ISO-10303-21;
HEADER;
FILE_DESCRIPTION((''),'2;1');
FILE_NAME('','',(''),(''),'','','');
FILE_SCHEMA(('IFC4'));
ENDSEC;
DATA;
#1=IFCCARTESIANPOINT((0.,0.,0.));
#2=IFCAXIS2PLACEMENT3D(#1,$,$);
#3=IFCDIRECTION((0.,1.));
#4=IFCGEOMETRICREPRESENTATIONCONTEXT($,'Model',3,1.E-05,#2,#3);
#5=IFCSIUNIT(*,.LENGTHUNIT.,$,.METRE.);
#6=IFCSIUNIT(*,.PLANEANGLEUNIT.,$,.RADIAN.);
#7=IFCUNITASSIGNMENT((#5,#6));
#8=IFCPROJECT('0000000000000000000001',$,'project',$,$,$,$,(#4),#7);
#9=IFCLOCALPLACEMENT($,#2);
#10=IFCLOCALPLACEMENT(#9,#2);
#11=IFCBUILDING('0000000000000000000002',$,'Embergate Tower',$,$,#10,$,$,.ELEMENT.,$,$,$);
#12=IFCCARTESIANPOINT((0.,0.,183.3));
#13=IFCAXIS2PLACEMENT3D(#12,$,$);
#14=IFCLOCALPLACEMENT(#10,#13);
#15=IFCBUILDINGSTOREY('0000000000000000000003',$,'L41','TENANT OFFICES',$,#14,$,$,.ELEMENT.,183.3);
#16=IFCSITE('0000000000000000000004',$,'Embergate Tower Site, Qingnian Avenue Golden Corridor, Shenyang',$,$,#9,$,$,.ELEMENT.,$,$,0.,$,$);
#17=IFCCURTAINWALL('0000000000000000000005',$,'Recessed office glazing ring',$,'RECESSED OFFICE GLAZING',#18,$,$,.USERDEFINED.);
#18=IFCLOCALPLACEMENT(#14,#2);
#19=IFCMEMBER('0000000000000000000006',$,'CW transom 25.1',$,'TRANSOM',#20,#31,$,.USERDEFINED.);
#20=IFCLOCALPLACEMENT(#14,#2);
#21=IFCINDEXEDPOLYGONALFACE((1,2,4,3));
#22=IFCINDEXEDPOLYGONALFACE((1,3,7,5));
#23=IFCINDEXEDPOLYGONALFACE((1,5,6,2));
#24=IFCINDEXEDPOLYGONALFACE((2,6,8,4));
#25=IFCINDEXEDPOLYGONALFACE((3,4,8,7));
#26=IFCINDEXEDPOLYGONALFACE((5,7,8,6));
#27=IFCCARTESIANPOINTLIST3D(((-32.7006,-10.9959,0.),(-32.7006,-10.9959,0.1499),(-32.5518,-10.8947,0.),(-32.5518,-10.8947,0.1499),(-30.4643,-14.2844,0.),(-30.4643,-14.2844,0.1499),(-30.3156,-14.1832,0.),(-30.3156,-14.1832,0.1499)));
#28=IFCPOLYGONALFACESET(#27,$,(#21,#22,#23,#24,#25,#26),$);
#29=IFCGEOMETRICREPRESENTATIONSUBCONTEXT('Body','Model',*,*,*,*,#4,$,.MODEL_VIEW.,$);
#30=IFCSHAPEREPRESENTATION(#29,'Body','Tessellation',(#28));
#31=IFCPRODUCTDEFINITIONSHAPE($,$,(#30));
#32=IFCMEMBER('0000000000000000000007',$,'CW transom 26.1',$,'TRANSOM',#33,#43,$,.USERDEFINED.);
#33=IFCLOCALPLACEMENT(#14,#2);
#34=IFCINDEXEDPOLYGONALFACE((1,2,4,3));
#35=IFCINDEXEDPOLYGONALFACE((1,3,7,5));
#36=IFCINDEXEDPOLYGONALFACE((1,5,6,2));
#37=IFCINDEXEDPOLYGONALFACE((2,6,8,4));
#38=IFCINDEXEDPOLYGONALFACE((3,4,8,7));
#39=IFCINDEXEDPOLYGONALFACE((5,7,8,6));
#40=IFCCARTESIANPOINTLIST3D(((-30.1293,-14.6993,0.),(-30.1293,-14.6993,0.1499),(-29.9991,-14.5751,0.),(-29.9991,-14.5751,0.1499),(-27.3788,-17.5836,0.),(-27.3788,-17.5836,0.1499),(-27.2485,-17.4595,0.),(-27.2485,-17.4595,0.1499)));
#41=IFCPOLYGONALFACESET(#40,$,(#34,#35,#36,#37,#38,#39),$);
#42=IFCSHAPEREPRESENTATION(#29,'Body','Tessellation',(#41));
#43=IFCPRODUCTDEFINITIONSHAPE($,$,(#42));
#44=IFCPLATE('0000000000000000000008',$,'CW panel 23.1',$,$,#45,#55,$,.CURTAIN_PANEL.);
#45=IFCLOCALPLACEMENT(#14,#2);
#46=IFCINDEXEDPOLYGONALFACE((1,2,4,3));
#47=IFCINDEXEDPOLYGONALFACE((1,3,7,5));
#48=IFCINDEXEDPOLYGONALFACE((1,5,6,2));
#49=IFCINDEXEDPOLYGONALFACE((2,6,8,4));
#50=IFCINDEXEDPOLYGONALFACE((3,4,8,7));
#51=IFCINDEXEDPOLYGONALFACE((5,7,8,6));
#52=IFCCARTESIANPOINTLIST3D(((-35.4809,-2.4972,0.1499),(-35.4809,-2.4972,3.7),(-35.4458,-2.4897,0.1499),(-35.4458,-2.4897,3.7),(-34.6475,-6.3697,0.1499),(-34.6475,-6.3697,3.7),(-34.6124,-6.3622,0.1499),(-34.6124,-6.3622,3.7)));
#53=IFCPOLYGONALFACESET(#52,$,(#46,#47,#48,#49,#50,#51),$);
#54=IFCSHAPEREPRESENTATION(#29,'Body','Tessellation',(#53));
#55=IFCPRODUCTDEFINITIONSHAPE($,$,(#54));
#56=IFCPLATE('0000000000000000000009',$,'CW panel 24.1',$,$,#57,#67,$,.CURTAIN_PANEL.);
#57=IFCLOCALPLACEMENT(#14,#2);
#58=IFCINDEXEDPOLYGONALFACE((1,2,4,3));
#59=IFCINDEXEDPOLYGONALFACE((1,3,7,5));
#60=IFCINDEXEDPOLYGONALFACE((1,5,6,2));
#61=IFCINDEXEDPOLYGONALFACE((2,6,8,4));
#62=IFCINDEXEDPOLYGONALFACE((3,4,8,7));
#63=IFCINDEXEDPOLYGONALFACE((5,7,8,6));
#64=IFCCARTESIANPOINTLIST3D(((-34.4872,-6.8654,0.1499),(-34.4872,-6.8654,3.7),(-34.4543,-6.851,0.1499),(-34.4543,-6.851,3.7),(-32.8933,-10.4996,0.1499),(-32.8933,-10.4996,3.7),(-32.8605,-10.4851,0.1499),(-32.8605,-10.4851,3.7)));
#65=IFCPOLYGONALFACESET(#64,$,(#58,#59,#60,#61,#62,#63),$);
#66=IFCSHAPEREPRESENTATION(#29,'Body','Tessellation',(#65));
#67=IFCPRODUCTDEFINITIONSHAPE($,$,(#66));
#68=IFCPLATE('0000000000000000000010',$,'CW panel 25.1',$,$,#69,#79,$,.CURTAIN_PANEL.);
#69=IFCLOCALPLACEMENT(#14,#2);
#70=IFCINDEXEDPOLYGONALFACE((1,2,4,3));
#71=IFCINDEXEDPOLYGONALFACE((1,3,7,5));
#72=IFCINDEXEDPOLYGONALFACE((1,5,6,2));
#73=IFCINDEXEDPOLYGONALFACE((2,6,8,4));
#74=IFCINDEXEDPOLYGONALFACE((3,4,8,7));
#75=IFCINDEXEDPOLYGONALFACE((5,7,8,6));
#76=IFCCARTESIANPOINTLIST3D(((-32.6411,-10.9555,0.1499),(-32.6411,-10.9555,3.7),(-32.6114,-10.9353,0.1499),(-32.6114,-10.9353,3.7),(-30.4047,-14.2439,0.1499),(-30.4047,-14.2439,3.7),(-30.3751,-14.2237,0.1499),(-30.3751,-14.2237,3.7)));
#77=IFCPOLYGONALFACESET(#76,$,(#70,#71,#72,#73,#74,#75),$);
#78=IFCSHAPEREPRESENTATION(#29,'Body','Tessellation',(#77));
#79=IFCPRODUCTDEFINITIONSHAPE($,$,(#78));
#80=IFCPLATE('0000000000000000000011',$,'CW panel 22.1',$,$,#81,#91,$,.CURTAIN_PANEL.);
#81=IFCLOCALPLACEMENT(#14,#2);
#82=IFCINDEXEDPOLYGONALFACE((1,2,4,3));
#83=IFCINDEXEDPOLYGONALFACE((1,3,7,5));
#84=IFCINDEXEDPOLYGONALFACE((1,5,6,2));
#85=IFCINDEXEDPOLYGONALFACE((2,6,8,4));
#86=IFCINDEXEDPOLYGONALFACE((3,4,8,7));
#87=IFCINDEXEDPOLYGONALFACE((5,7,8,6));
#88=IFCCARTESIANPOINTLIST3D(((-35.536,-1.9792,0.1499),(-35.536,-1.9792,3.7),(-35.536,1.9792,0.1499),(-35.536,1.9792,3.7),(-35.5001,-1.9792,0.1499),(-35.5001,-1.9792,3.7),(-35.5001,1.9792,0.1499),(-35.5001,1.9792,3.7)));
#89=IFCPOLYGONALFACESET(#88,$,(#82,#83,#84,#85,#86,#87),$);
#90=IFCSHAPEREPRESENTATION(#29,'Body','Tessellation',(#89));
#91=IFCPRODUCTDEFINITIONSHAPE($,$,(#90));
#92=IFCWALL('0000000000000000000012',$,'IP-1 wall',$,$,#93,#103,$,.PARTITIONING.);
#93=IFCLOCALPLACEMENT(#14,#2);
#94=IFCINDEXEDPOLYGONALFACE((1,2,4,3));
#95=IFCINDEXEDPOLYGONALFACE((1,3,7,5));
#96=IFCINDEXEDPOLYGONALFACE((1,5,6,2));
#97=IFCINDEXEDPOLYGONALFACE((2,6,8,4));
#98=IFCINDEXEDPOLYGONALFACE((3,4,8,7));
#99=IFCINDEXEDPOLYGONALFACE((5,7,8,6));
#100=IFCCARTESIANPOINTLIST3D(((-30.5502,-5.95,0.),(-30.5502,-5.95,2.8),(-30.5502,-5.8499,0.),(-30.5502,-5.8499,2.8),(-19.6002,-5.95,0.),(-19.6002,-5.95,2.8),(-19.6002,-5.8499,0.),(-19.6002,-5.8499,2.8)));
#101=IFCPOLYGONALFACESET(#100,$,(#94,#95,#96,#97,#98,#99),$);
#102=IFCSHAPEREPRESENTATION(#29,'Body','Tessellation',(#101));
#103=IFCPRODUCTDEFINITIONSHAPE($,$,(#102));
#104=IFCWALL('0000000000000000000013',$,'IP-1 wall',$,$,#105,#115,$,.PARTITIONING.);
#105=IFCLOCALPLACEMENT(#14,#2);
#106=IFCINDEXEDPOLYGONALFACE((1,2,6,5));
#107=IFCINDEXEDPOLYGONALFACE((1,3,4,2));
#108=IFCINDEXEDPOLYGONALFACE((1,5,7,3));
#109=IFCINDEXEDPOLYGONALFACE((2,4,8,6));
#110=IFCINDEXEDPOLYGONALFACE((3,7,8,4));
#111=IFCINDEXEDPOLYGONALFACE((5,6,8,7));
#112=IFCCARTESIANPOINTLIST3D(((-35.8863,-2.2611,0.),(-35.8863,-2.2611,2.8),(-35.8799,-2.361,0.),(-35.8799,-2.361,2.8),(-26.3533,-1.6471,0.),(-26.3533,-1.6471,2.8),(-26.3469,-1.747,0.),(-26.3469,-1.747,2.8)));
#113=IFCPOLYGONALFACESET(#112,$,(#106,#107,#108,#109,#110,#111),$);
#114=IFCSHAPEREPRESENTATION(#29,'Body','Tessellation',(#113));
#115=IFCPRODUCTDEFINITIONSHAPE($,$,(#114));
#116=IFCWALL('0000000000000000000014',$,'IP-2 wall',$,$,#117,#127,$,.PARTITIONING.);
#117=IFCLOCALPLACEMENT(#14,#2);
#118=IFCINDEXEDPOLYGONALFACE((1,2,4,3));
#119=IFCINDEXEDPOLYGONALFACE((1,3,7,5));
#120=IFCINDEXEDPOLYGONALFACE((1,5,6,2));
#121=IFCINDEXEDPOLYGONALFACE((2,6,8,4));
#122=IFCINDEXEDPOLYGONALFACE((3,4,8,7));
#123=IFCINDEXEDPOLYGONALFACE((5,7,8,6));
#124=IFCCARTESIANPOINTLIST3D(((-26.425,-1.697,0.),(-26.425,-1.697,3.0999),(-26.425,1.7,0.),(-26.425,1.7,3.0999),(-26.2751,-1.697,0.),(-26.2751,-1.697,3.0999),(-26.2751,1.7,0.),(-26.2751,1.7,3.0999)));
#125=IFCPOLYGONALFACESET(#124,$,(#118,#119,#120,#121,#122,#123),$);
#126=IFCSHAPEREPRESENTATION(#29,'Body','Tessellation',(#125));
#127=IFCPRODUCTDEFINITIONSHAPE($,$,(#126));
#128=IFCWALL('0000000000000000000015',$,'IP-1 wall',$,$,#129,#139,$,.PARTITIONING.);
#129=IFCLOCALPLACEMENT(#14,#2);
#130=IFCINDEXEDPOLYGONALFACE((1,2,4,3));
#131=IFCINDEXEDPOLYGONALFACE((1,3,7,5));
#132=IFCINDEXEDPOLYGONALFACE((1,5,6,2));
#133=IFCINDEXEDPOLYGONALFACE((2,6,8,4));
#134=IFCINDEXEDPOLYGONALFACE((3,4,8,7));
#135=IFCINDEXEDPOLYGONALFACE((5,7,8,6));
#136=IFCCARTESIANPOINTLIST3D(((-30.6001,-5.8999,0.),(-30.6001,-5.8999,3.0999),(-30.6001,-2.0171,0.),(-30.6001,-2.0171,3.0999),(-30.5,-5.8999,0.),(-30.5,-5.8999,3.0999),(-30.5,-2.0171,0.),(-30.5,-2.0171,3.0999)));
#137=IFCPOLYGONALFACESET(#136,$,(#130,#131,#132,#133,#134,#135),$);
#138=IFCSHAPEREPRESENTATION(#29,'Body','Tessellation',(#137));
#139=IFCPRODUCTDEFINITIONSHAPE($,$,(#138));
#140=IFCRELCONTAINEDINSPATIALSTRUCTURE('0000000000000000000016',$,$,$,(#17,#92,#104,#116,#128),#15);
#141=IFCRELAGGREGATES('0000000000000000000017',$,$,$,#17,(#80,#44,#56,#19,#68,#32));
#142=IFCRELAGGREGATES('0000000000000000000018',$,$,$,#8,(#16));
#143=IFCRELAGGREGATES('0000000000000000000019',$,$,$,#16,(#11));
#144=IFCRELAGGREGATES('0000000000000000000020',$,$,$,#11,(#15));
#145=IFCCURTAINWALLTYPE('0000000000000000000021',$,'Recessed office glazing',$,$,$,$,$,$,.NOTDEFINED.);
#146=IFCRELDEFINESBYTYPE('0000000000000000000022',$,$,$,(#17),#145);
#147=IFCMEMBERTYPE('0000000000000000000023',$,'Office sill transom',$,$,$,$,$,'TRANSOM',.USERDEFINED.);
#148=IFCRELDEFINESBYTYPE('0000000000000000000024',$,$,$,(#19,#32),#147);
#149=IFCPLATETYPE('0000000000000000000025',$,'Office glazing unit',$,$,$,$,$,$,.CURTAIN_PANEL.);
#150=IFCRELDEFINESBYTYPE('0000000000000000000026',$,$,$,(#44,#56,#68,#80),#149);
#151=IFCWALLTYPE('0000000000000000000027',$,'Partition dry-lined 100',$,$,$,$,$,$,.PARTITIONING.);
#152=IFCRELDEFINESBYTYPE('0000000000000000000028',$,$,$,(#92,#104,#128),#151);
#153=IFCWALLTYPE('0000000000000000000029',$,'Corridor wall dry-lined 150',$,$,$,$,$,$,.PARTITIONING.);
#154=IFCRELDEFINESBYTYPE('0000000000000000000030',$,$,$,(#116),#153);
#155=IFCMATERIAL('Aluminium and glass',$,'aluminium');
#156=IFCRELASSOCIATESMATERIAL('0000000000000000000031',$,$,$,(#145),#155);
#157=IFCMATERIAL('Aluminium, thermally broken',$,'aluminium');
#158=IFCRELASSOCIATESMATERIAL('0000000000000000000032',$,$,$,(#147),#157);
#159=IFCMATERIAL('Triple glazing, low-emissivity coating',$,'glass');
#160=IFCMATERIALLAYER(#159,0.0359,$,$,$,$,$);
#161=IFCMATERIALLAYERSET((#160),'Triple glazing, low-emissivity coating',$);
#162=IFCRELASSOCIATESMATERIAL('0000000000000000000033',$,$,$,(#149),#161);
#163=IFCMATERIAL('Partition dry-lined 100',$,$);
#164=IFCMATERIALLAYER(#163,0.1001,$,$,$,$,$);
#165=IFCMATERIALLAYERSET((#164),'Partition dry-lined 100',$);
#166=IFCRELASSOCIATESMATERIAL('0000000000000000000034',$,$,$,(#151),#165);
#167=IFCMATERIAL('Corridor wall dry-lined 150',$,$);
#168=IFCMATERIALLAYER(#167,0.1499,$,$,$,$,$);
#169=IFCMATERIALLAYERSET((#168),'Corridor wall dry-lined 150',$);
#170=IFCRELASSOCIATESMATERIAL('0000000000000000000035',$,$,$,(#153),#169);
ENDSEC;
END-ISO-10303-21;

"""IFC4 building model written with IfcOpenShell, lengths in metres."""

from ifc_helpers import new_model, si_unit, direction, frame, frame_2d, origin, origin_2d, place, context, subcontext, project, spatial, rectangle, extrude, source, transform, mapped, material, layer, layer_set, material_profile, profile_set, type_object, element, aggregate, save


model = new_model("IFC4")

# Units and contexts
model_context = context("Model", 3, precision=1e-05, world=origin(), true_north=direction((0.0, 1.0)))
body_context = subcontext(model_context, "Body", "Model", "MODEL_VIEW")
ifc_project = project(units=[si_unit("LENGTHUNIT", "METRE"), si_unit("PLANEANGLEUNIT", "RADIAN")], contexts=[model_context])

# Site, building, storey
site_placement = place(None, origin())
site = spatial("IfcSite", under=ifc_project, at=site_placement, Name="Embergate Tower Site, Qingnian Avenue Golden Corridor, Shenyang", CompositionType="ELEMENT", RefElevation=0.0)
building_placement = place(site_placement, origin())
building = spatial("IfcBuilding", under=site, at=building_placement, Name="Embergate Tower", CompositionType="ELEMENT")
storey_placement = place(building_placement, frame((0.0, 0.0, 183.3)))
storey = spatial("IfcBuildingStorey", under=building, at=storey_placement, Name="L41", Description="TENANT OFFICES", CompositionType="ELEMENT", Elevation=183.3)

# Curtain wall, members, plates
ifc_material_1 = material(Name="Aluminium and glass", Category="aluminium")
curtain_wall_type = type_object("IfcCurtainWallType", Name="Recessed office glazing", PredefinedType="NOTDEFINED", material=ifc_material_1)
curtain_wall_placement = place(storey_placement, origin())
curtain_wall = element("IfcCurtainWall", 1, at=curtain_wall_placement, inside=storey, type_object=curtain_wall_type, Name="Recessed office glazing ring", ObjectType="RECESSED OFFICE GLAZING", PredefinedType="USERDEFINED")
ifc_material_2 = material(Name="Aluminium, thermally broken", Category="aluminium")
ifc_material_profile_1 = material_profile(ifc_material_2, rectangle(XDim=0.1799, YDim=0.1499, at=origin_2d()), Name="AL 150x180")
ifc_profile_set_1 = profile_set([ifc_material_profile_1], Name="Aluminium, thermally broken")
member_type_1 = type_object("IfcMemberType", Name="Office sill transom", ElementType="TRANSOM", PredefinedType="USERDEFINED", material=ifc_profile_set_1)
shared_shape_1 = source(origin(), body_context, "Body", "SweptSolid", [
    extrude(rectangle(XDim=0.1799, YDim=0.1499, at=origin_2d()), origin(), (0.0, 0.0, 1.0), 3.9768),
])
member_1_placement = place(storey_placement, frame((-32.6262, -10.9453, 0.075), z_axis=(0.562327, -0.826915, 0.0), x_axis=(0.826915, 0.562327, 0.0)))
member_1 = element("IfcMember", 2, at=member_1_placement, type_object=member_type_1, Name="CW transom 25.1", ObjectType="TRANSOM", PredefinedType="USERDEFINED", context=body_context, shape_type="MappedRepresentation", body=[
    mapped(shared_shape_1, transform((0.0, 0.0, 0.0))),
])
shared_shape_2 = source(origin(), body_context, "Body", "SweptSolid", [
    extrude(rectangle(XDim=0.1799, YDim=0.1499, at=origin_2d()), origin(), (0.0, 0.0, 1.0), 3.9856),
])
member_2_placement = place(storey_placement, frame((-30.0642, -14.6372, 0.075), z_axis=(0.690123, -0.723692, 0.0), x_axis=(0.723692, 0.690123, 0.0)))
member_2 = element("IfcMember", 3, at=member_2_placement, type_object=member_type_1, Name="CW transom 26.1", ObjectType="TRANSOM", PredefinedType="USERDEFINED", context=body_context, shape_type="MappedRepresentation", body=[
    mapped(shared_shape_2, transform((0.0, 0.0, 0.0))),
])
ifc_material_3 = material(Name="Triple glazing, low-emissivity coating", Category="glass")
ifc_layer_1 = layer(ifc_material_3, 0.0359)
ifc_layer_set_1 = layer_set([ifc_layer_1], Name="Triple glazing, low-emissivity coating")
plate_type = type_object("IfcPlateType", Name="Office glazing unit", PredefinedType="CURTAIN_PANEL", material=ifc_layer_set_1)
shared_shape_3 = source(origin(), body_context, "Body", "SweptSolid", [
    extrude(rectangle(XDim=3.9612, YDim=0.0359, at=origin_2d()), origin(), (0.0, 0.0, 1.0), 3.55),
])
plate_1_placement = place(storey_placement, frame((-35.0466, -4.4297, 0.1499), z_axis=(0.0, 0.0, 1.0), x_axis=(0.210397, -0.977616, 0.0)))
plate_1 = element("IfcPlate", 4, at=plate_1_placement, type_object=plate_type, Name="CW panel 23.1", PredefinedType="CURTAIN_PANEL", context=body_context, shape_type="MappedRepresentation", body=[
    mapped(shared_shape_3, transform((0.0, 0.0, 0.0))),
])
shared_shape_4 = source(origin(), body_context, "Body", "SweptSolid", [
    extrude(rectangle(XDim=3.9683, YDim=0.0359, at=origin_2d()), origin(), (0.0, 0.0, 1.0), 3.55),
])
plate_2_placement = place(storey_placement, frame((-33.6738, -8.6753, 0.1499), z_axis=(0.0, 0.0, 1.0), x_axis=(0.401651, -0.915793, 0.0)))
plate_2 = element("IfcPlate", 5, at=plate_2_placement, type_object=plate_type, Name="CW panel 24.1", PredefinedType="CURTAIN_PANEL", context=body_context, shape_type="MappedRepresentation", body=[
    mapped(shared_shape_4, transform((0.0, 0.0, 0.0))),
])
shared_shape_5 = source(origin(), body_context, "Body", "SweptSolid", [
    extrude(rectangle(XDim=3.9768, YDim=0.0359, at=origin_2d()), origin(), (0.0, 0.0, 1.0), 3.55),
])
plate_3_placement = place(storey_placement, frame((-31.5081, -12.5896, 0.1499), z_axis=(0.0, 0.0, 1.0), x_axis=(0.56234, -0.826906, 0.0)))
plate_3 = element("IfcPlate", 6, at=plate_3_placement, type_object=plate_type, Name="CW panel 25.1", PredefinedType="CURTAIN_PANEL", context=body_context, shape_type="MappedRepresentation", body=[
    mapped(shared_shape_5, transform((0.0, 0.0, 0.0))),
])
shared_shape_6 = source(origin(), body_context, "Body", "SweptSolid", [
    extrude(rectangle(XDim=3.9585, YDim=0.0359, at=origin_2d()), origin(), (0.0, 0.0, 1.0), 3.55),
])
plate_4_placement = place(storey_placement, frame((-35.5181, 0.0, 0.1499), z_axis=(0.0, 0.0, 1.0), x_axis=(0.0, -1.0, 0.0)))
plate_4 = element("IfcPlate", 7, at=plate_4_placement, type_object=plate_type, Name="CW panel 22.1", PredefinedType="CURTAIN_PANEL", context=body_context, shape_type="MappedRepresentation", body=[
    mapped(shared_shape_6, transform((0.0, 0.0, 0.0))),
])
aggregate(curtain_wall, [plate_4, plate_1, plate_2, member_1, plate_3, member_2])

# Walls
ifc_material_4 = material(Name="Partition dry-lined 100")
ifc_layer_2 = layer(ifc_material_4, 0.1001)
ifc_layer_set_2 = layer_set([ifc_layer_2], Name="Partition dry-lined 100")
wall_type_1 = type_object("IfcWallType", Name="Partition dry-lined 100", PredefinedType="PARTITIONING", material=ifc_layer_set_2)
shared_shape_7 = source(origin(), body_context, "Body", "SweptSolid", [
    extrude(rectangle(XDim=10.95, YDim=0.1001, at=frame_2d((5.4751, 0.0))), origin(), (0.0, 0.0, 1.0), 2.8),
])
wall_1_placement = place(storey_placement, frame((-19.6001, -5.8999, 0.0), z_axis=(0.0, 0.0, 1.0), x_axis=(-1.0, 0.0, 0.0)))
element("IfcWall", 8, at=wall_1_placement, inside=storey, type_object=wall_type_1, Name="IP-1 wall", PredefinedType="PARTITIONING", context=body_context, shape_type="MappedRepresentation", body=[
    mapped(shared_shape_7, transform((0.0, 0.0, 0.0))),
])
shared_shape_8 = source(origin(), body_context, "Body", "SweptSolid", [
    extrude(rectangle(XDim=9.5527, YDim=0.1001, at=frame_2d((4.7764, 0.0))), origin(), (0.0, 0.0, 1.0), 2.8),
])
wall_2_placement = place(storey_placement, frame((-26.3501, -1.697, 0.0), z_axis=(0.0, 0.0, 1.0), x_axis=(-0.997932, -0.064276, 0.0)))
element("IfcWall", 9, at=wall_2_placement, inside=storey, type_object=wall_type_1, Name="IP-1 wall", PredefinedType="PARTITIONING", context=body_context, shape_type="MappedRepresentation", body=[
    mapped(shared_shape_8, transform((0.0, 0.0, 0.0))),
])
ifc_material_5 = material(Name="Corridor wall dry-lined 150")
ifc_layer_3 = layer(ifc_material_5, 0.1499)
ifc_layer_set_3 = layer_set([ifc_layer_3], Name="Corridor wall dry-lined 150")
wall_type_2 = type_object("IfcWallType", Name="Corridor wall dry-lined 150", PredefinedType="PARTITIONING", material=ifc_layer_set_3)
shared_shape_9 = source(origin(), body_context, "Body", "SweptSolid", [
    extrude(rectangle(XDim=3.397, YDim=0.1499, at=frame_2d((1.6985, 0.0))), origin(), (0.0, 0.0, 1.0), 3.0999),
])
wall_3_placement = place(storey_placement, frame((-26.3501, -1.697, 0.0), z_axis=(0.0, 0.0, 1.0), x_axis=(0.0, 1.0, 0.0)))
element("IfcWall", 10, at=wall_3_placement, inside=storey, type_object=wall_type_2, Name="IP-2 wall", PredefinedType="PARTITIONING", context=body_context, shape_type="MappedRepresentation", body=[
    mapped(shared_shape_9, transform((0.0, 0.0, 0.0))),
])
shared_shape_10 = source(origin(), body_context, "Body", "SweptSolid", [
    extrude(rectangle(XDim=3.8828, YDim=0.1001, at=frame_2d((1.9414, 0.0))), origin(), (0.0, 0.0, 1.0), 3.0999),
])
wall_4_placement = place(storey_placement, frame((-30.55, -5.8999, 0.0), z_axis=(0.0, 0.0, 1.0), x_axis=(0.0, 1.0, 0.0)))
element("IfcWall", 11, at=wall_4_placement, inside=storey, type_object=wall_type_1, Name="IP-1 wall", PredefinedType="PARTITIONING", context=body_context, shape_type="MappedRepresentation", body=[
    mapped(shared_shape_10, transform((0.0, 0.0, 0.0))),
])

save(model, "model.ifc")
